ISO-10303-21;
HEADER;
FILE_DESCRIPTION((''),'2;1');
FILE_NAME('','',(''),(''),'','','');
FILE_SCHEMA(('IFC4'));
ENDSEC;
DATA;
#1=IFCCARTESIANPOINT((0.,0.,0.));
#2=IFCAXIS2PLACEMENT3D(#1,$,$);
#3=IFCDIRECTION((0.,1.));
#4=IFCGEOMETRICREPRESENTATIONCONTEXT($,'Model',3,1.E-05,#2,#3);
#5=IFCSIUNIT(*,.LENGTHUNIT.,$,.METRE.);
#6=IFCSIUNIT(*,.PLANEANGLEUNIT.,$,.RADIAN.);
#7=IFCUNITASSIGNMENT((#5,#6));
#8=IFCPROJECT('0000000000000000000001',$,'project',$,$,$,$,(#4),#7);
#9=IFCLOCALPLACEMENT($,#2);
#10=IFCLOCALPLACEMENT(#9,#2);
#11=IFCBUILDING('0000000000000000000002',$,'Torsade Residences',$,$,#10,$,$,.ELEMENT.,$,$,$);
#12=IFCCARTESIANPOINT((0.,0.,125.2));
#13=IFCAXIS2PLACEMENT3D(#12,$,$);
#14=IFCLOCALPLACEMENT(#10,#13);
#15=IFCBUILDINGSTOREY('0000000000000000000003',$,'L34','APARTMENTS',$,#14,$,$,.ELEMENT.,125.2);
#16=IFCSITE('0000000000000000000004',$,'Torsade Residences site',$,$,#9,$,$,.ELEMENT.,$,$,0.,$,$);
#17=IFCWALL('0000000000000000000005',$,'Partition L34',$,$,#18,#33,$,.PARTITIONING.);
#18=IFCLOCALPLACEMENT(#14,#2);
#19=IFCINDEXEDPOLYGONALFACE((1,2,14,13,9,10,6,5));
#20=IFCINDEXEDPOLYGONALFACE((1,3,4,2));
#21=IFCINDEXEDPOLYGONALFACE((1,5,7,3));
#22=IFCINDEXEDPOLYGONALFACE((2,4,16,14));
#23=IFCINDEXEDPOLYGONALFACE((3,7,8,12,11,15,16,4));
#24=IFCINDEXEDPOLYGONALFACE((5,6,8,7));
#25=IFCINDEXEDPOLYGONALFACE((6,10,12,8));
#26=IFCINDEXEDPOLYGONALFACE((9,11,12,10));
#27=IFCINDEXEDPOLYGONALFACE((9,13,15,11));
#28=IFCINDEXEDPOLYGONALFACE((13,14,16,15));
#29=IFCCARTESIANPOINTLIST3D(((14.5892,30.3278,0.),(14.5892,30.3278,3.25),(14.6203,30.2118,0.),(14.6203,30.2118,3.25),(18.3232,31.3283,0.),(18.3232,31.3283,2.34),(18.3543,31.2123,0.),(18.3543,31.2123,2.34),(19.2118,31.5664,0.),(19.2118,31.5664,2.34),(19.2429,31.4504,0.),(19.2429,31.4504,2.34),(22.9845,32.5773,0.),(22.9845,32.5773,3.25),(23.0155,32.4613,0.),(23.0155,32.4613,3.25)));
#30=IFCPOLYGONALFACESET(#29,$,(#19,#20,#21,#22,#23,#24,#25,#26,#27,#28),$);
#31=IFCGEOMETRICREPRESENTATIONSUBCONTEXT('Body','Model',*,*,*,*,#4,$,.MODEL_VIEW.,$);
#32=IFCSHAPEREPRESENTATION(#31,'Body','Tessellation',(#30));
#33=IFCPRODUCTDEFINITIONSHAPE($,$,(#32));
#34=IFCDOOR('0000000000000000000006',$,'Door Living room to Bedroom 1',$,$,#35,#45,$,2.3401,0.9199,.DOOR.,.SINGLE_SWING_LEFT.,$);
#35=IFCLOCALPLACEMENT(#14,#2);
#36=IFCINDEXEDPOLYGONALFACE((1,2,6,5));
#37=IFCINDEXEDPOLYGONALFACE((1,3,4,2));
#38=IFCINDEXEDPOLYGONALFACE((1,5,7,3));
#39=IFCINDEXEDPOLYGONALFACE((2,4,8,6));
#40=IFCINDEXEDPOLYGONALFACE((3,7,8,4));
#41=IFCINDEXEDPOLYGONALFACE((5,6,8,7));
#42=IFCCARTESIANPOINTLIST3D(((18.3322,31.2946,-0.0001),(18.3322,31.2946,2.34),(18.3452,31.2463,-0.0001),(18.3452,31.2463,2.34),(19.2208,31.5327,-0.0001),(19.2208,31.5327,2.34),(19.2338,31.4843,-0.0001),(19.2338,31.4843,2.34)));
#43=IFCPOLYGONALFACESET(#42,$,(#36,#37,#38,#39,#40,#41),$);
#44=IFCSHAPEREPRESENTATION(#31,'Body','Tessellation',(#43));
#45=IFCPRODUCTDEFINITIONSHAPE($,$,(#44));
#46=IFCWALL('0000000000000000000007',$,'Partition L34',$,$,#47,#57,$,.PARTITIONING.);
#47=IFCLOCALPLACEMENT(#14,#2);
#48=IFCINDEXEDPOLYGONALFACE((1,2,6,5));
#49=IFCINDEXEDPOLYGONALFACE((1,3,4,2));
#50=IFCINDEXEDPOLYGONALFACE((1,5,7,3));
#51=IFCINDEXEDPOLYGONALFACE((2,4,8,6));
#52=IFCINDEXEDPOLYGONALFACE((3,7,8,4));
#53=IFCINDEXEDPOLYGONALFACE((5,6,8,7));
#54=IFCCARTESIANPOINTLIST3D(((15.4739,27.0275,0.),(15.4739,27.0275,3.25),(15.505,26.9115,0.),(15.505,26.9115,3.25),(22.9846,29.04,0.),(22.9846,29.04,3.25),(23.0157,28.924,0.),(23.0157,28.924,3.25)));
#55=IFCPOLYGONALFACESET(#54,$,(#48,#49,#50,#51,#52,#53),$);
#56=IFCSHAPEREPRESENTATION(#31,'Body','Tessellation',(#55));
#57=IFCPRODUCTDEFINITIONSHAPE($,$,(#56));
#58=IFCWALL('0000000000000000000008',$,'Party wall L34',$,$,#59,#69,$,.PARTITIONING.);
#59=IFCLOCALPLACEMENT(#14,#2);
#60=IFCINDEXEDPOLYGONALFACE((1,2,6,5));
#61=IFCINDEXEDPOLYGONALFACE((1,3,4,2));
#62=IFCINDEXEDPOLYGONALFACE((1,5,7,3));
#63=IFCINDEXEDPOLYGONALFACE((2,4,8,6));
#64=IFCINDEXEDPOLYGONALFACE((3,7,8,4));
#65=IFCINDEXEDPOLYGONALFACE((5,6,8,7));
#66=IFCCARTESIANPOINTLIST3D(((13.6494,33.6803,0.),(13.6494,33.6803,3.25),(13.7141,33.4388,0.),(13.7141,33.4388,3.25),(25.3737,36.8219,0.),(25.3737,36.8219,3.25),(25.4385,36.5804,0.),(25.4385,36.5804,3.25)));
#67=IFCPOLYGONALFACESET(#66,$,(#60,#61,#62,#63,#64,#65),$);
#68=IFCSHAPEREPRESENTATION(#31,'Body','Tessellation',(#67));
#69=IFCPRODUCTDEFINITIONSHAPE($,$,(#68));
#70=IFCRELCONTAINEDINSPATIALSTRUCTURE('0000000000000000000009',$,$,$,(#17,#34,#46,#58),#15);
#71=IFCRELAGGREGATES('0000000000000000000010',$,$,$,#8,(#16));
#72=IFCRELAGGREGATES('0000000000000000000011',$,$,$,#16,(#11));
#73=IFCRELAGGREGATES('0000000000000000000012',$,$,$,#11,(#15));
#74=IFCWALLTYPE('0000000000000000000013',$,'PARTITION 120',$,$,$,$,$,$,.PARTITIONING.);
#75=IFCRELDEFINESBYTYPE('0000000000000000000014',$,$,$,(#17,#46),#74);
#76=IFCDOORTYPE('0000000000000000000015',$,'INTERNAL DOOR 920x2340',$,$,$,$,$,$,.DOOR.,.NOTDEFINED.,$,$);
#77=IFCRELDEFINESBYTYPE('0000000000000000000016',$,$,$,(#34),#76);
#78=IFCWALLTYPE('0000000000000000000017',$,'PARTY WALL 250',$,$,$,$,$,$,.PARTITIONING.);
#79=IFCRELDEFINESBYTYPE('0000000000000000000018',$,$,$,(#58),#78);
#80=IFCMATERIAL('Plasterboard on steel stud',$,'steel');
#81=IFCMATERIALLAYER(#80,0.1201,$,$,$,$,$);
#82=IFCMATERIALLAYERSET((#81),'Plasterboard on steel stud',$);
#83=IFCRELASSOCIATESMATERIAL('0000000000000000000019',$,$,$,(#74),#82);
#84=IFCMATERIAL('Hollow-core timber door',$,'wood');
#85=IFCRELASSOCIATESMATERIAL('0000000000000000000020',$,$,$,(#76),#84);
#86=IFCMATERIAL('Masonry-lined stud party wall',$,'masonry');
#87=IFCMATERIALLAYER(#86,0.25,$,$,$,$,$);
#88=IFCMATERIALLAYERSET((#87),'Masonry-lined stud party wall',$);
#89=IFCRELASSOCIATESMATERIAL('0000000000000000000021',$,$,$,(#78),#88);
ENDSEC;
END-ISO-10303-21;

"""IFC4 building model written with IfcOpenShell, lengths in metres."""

from ifc_helpers import new_model, si_unit, direction, frame, frame_2d, origin, place, context, subcontext, project, spatial, rectangle, extrude, material, layer, layer_set, type_object, element, fill, save


model = new_model("IFC4")

# Units and contexts
model_context = context("Model", 3, precision=1e-05, world=origin(), true_north=direction((0.0, 1.0)))
body_context = subcontext(model_context, "Body", "Model", "MODEL_VIEW")
ifc_project = project(units=[si_unit("LENGTHUNIT", "METRE"), si_unit("PLANEANGLEUNIT", "RADIAN")], contexts=[model_context])

# Site, building, storey
site_placement = place(None, origin())
site = spatial("IfcSite", under=ifc_project, at=site_placement, Name="Torsade Residences site", CompositionType="ELEMENT", RefElevation=0.0)
building_placement = place(site_placement, origin())
building = spatial("IfcBuilding", under=site, at=building_placement, Name="Torsade Residences", CompositionType="ELEMENT")
storey_placement = place(building_placement, frame((0.0, 0.0, 125.2)))
storey = spatial("IfcBuildingStorey", under=building, at=storey_placement, Name="L34", Description="APARTMENTS", CompositionType="ELEMENT", Elevation=125.2)

# Wall, opening, door
ifc_material_1 = material(Name="Plasterboard on steel stud", Category="steel")
ifc_layer_1 = layer(ifc_material_1, 0.1201)
ifc_layer_set_1 = layer_set([ifc_layer_1], Name="Plasterboard on steel stud")
wall_type_1 = type_object("IfcWallType", Name="PARTITION 120", PredefinedType="PARTITIONING", material=ifc_layer_set_1)
ifc_material_2 = material(Name="Hollow-core timber door", Category="wood")
door_type_1 = type_object("IfcDoorType", Name="INTERNAL DOOR 920x2340", OperationType="NOTDEFINED", PredefinedType="DOOR", material=ifc_material_2)
wall_1_placement = place(storey_placement, frame((23.0, 32.5193, 0.0), z_axis=(0.0, 0.0, 1.0), x_axis=(-0.965926, -0.25882, 0.0)))
wall_1 = element("IfcWall", 1, at=wall_1_placement, inside=storey, type_object=wall_type_1, Name="Partition L34", PredefinedType="PARTITIONING", context=body_context, shape_type="SweptSolid", body=[
    extrude(rectangle(XDim=8.6914, YDim=0.1201, at=frame_2d((4.3457, 0.0))), origin(), (0.0, 0.0, 1.0), 3.25),
])
opening_1_placement = place(wall_1_placement, frame((3.9058, 0.0, 0.0)))
opening_1 = element("IfcOpeningElement", 2, at=opening_1_placement, cuts=wall_1, PredefinedType="OPENING", context=body_context, shape_type="SweptSolid", body=[
    extrude(rectangle(XDim=0.9199, YDim=2.3401, at=frame_2d((0.46, 1.1699))), frame((0.0, 0.0701, 0.0), z_axis=(0.0, -1.0, 0.0), x_axis=(1.0, 0.0, 0.0)), (0.0, 0.0, 1.0), 0.1401),
])
door_1_placement = place(opening_1_placement, origin())
door_1 = element("IfcDoor", 3, at=door_1_placement, inside=storey, type_object=door_type_1, Name="Door Living room to Bedroom 1", OperationType="SINGLE_SWING_LEFT", OverallHeight=2.3401, OverallWidth=0.9199, PredefinedType="DOOR", context=body_context, shape_type="SweptSolid", body=[
    extrude(rectangle(XDim=0.9199, YDim=2.3401, at=frame_2d((0.46, 1.1699))), frame((0.0, 0.0249, 0.0), z_axis=(0.0, -1.0, 0.0), x_axis=(1.0, 0.0, 0.0)), (0.0, 0.0, 1.0), 0.05),
])
fill(opening_1, door_1)

# Walls
wall_2_placement = place(storey_placement, frame((23.0, 28.9819, 0.0), z_axis=(0.0, 0.0, 1.0), x_axis=(-0.965927, -0.258814, 0.0)))
element("IfcWall", 4, at=wall_2_placement, inside=storey, type_object=wall_type_1, Name="Partition L34", PredefinedType="PARTITIONING", context=body_context, shape_type="SweptSolid", body=[
    extrude(rectangle(XDim=7.7756, YDim=0.1201, at=frame_2d((3.8877, 0.0))), origin(), (0.0, 0.0, 1.0), 3.25),
])
ifc_material_3 = material(Name="Masonry-lined stud party wall", Category="masonry")
ifc_layer_2 = layer(ifc_material_3, 0.25)
ifc_layer_set_2 = layer_set([ifc_layer_2], Name="Masonry-lined stud party wall")
wall_type_2 = type_object("IfcWallType", Name="PARTY WALL 250", PredefinedType="PARTITIONING", material=ifc_layer_set_2)
wall_3_placement = place(storey_placement, frame((13.6819, 33.5596, 0.0), z_axis=(0.0, 0.0, 1.0), x_axis=(0.965924, 0.258824, 0.0)))
element("IfcWall", 5, at=wall_3_placement, inside=storey, type_object=wall_type_2, Name="Party wall L34", PredefinedType="PARTITIONING", context=body_context, shape_type="SweptSolid", body=[
    extrude(rectangle(XDim=12.1379, YDim=0.25, at=frame_2d((6.0688, 0.0))), origin(), (0.0, 0.0, 1.0), 3.25),
])

save(model, "model.ifc")
